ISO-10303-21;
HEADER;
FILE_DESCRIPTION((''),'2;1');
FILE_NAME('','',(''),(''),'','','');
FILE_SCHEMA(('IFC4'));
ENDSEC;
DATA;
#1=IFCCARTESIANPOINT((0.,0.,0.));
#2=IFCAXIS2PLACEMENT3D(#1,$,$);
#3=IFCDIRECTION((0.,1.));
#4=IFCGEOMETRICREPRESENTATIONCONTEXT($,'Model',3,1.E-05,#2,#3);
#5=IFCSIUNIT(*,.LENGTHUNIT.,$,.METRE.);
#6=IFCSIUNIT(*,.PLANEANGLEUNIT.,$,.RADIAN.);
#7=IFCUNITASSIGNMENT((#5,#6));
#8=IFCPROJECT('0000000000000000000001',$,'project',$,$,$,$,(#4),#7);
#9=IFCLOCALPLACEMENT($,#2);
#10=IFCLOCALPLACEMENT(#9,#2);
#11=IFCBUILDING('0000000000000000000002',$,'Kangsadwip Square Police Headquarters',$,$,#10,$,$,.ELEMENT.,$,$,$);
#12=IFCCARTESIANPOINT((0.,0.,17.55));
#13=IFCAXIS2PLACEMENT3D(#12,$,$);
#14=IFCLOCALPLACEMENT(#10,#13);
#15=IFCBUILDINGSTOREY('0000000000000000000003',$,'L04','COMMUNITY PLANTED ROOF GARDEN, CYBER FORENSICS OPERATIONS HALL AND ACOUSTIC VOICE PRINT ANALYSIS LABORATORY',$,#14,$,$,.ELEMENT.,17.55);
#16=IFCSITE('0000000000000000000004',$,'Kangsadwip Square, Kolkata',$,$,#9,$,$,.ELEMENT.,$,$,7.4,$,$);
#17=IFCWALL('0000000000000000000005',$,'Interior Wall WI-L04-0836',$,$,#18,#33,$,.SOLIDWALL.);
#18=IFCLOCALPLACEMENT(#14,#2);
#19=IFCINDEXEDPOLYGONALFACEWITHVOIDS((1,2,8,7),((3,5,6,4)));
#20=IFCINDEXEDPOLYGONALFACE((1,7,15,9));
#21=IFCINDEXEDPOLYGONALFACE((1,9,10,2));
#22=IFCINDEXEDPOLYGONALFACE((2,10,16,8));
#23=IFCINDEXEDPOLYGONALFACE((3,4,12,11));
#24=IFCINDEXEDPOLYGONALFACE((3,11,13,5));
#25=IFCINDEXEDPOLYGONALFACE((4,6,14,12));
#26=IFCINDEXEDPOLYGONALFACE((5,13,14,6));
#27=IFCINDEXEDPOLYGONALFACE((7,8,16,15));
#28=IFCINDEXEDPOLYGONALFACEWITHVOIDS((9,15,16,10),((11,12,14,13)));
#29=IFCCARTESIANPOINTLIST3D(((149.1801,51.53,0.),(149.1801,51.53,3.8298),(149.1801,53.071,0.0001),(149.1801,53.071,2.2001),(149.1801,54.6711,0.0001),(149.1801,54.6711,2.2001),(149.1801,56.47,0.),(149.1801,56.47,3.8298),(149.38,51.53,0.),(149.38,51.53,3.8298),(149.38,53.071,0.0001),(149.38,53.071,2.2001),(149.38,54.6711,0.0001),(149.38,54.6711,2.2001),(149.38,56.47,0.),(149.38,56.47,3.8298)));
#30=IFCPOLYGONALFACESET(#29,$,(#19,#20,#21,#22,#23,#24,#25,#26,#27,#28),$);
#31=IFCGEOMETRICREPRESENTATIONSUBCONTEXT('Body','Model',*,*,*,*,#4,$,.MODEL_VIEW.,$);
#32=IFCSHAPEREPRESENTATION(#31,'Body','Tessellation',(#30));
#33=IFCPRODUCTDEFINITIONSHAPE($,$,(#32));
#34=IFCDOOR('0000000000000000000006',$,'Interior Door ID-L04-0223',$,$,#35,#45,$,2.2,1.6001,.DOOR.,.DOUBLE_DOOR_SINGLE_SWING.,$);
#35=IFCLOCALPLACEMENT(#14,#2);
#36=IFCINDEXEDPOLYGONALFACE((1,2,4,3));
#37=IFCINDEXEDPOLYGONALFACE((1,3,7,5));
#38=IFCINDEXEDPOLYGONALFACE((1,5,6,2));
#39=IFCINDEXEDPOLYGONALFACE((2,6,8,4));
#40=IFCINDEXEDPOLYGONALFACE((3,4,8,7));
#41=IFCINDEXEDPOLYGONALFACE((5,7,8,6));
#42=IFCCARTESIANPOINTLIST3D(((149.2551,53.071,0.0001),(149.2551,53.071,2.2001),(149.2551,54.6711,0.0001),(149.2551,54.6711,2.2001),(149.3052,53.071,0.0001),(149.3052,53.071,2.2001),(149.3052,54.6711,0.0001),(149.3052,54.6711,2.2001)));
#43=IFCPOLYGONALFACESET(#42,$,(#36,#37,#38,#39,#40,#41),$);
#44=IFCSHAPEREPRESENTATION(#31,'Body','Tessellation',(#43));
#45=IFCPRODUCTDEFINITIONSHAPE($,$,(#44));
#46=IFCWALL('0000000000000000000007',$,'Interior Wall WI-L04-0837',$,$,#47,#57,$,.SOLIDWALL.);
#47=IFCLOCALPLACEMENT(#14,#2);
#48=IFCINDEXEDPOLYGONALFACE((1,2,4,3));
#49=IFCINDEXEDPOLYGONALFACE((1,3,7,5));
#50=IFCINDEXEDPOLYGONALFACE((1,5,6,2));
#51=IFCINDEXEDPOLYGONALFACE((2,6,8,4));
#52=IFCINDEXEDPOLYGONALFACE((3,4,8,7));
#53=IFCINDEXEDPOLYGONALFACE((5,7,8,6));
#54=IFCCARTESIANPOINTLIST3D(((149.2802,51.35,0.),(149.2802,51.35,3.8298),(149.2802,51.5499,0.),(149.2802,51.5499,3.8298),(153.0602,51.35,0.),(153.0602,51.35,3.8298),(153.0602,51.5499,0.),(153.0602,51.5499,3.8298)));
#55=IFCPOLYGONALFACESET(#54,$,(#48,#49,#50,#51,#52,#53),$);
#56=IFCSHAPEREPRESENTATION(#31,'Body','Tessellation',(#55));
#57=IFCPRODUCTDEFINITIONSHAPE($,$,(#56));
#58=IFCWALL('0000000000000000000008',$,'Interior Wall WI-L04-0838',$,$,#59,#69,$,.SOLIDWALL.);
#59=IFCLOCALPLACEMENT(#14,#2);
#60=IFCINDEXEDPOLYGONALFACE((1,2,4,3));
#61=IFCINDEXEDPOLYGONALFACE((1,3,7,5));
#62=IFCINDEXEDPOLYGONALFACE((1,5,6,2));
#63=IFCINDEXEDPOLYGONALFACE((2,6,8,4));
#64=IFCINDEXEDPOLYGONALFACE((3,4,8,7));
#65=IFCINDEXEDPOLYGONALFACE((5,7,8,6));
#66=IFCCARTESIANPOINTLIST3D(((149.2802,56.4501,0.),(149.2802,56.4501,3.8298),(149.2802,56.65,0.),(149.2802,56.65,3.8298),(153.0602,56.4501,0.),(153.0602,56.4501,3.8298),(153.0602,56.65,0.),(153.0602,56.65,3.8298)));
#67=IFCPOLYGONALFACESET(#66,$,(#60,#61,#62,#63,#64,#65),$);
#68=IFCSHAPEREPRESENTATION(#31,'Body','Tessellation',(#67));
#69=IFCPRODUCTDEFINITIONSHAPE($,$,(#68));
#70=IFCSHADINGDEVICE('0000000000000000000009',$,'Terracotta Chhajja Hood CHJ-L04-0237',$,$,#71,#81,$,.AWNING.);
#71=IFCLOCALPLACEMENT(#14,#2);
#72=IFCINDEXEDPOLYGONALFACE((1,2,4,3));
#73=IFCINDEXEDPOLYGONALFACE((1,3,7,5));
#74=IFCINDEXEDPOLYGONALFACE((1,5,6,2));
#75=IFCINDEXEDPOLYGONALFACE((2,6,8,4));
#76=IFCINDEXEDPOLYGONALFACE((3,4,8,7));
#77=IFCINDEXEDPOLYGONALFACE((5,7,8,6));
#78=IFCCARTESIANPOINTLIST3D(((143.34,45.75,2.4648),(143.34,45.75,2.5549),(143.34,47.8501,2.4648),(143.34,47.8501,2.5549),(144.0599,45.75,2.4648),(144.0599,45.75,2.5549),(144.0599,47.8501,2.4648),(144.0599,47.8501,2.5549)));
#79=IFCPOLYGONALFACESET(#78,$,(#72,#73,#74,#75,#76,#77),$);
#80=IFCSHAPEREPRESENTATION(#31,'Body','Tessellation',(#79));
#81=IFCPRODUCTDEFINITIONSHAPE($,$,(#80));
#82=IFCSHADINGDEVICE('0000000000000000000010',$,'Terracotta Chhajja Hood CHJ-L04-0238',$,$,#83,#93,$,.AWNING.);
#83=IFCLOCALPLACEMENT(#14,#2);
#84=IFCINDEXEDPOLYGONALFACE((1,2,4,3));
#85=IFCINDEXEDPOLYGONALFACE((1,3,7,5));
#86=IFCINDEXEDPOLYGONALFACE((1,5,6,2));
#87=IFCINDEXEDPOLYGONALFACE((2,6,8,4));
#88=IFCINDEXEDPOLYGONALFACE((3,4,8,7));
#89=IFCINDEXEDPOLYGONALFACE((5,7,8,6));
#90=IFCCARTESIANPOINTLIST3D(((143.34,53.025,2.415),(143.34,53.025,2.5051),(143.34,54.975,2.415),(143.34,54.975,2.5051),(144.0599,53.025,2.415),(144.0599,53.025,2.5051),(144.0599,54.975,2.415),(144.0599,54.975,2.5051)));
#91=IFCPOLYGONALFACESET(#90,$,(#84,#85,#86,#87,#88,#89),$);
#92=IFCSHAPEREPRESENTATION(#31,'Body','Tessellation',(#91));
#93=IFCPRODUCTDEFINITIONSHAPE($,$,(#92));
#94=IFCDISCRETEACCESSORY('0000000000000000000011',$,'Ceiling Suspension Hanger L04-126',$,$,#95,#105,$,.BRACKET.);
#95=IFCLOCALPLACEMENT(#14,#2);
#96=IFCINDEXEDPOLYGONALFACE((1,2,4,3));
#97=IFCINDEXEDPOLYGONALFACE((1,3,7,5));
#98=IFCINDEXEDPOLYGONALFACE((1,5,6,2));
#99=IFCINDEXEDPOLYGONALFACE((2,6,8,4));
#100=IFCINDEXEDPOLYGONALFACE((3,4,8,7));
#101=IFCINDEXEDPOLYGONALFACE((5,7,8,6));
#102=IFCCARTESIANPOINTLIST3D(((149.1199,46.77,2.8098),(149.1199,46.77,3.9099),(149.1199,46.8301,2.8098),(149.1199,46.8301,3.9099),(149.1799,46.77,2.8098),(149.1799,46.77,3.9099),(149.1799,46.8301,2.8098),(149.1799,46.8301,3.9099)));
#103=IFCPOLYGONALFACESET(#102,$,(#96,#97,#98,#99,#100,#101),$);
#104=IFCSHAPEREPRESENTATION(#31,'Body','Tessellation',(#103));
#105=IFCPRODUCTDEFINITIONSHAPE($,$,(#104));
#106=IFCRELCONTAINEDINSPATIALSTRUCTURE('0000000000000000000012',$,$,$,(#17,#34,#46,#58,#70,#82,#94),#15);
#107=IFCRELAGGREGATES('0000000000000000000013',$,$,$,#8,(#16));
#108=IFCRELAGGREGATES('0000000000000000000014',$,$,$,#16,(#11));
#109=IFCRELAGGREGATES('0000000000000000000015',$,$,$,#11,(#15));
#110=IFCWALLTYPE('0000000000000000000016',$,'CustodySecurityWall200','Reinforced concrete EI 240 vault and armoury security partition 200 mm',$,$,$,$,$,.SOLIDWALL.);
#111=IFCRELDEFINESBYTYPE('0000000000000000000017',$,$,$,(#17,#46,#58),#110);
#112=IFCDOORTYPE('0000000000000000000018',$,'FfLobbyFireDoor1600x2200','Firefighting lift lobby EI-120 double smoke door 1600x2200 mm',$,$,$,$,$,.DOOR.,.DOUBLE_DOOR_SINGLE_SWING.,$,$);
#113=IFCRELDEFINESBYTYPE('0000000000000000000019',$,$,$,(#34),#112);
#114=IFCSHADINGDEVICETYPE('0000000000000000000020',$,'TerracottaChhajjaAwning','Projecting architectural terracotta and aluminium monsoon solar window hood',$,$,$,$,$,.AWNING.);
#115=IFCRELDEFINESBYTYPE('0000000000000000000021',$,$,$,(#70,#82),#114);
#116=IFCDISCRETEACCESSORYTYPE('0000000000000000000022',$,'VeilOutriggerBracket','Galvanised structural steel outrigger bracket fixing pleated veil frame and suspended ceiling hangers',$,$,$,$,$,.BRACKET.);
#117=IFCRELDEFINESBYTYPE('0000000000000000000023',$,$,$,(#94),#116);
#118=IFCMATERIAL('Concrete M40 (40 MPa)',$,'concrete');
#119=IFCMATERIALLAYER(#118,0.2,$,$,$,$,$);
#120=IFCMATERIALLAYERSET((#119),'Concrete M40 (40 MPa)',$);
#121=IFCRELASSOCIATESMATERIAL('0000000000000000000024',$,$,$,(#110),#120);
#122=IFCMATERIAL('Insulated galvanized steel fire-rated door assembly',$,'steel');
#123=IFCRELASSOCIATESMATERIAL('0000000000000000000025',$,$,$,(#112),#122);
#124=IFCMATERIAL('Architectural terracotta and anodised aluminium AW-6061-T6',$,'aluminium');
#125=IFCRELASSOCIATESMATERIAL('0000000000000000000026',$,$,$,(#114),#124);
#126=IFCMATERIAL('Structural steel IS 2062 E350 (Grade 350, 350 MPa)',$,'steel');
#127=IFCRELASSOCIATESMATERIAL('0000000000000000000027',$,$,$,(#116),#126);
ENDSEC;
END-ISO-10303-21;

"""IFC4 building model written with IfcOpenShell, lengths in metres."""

from ifc_helpers import new_model, si_unit, direction, frame, frame_2d, origin, origin_2d, place, context, subcontext, project, spatial, rectangle, extrude, material, layer, layer_set, type_object, element, fill, save


model = new_model("IFC4")

# Units and contexts
model_context = context("Model", 3, precision=1e-05, world=origin(), true_north=direction((0.0, 1.0)))
body_context = subcontext(model_context, "Body", "Model", "MODEL_VIEW")
ifc_project = project(units=[si_unit("LENGTHUNIT", "METRE"), si_unit("PLANEANGLEUNIT", "RADIAN")], contexts=[model_context])

# Site, building, storey
site_placement = place(None, origin())
site = spatial("IfcSite", under=ifc_project, at=site_placement, Name="Kangsadwip Square, Kolkata", CompositionType="ELEMENT", RefElevation=7.4)
building_placement = place(site_placement, origin())
building = spatial("IfcBuilding", under=site, at=building_placement, Name="Kangsadwip Square Police Headquarters", CompositionType="ELEMENT")
storey_placement = place(building_placement, frame((0.0, 0.0, 17.55)))
storey = spatial("IfcBuildingStorey", under=building, at=storey_placement, Name="L04", Description="COMMUNITY PLANTED ROOF GARDEN, CYBER FORENSICS OPERATIONS HALL AND ACOUSTIC VOICE PRINT ANALYSIS LABORATORY", CompositionType="ELEMENT", Elevation=17.55)

# Wall, opening, door
ifc_material_1 = material(Name="Concrete M40 (40 MPa)", Category="concrete")
ifc_layer_1 = layer(ifc_material_1, 0.2)
ifc_layer_set_1 = layer_set([ifc_layer_1], Name="Concrete M40 (40 MPa)")
wall_type_1 = type_object("IfcWallType", Name="CustodySecurityWall200", Description="Reinforced concrete EI 240 vault and armoury security partition 200 mm", PredefinedType="SOLIDWALL", material=ifc_layer_set_1)
wall_1_placement = place(storey_placement, frame((149.28, 51.53, 0.0), z_axis=(0.0, 0.0, 1.0), x_axis=(0.0, 1.0, 0.0)))
wall_1 = element("IfcWall", 1, at=wall_1_placement, inside=storey, type_object=wall_type_1, Name="Interior Wall WI-L04-0836", PredefinedType="SOLIDWALL", context=body_context, shape_type="SweptSolid", body=[
    extrude(rectangle(XDim=4.9399, YDim=0.2, at=frame_2d((2.47, 0.0))), origin(), (0.0, 0.0, 1.0), 3.8298),
])
opening_1_placement = place(wall_1_placement, frame((1.541, 0.0, 0.0)))
opening_1 = element("IfcOpeningElement", 2, at=opening_1_placement, cuts=wall_1, PredefinedType="OPENING", context=body_context, shape_type="SweptSolid", body=[
    extrude(rectangle(XDim=1.6001, YDim=2.2, at=frame_2d((0.8, 1.1001))), frame((0.0, 0.1099, 0.0), z_axis=(0.0, -1.0, 0.0), x_axis=(1.0, 0.0, 0.0)), (0.0, 0.0, 1.0), 0.22),
])
ifc_material_2 = material(Name="Insulated galvanized steel fire-rated door assembly", Category="steel")
door_type = type_object("IfcDoorType", Name="FfLobbyFireDoor1600x2200", Description="Firefighting lift lobby EI-120 double smoke door 1600x2200 mm", OperationType="DOUBLE_DOOR_SINGLE_SWING", PredefinedType="DOOR", material=ifc_material_2)
door_placement = place(opening_1_placement, origin())
door = element("IfcDoor", 3, at=door_placement, inside=storey, type_object=door_type, Name="Interior Door ID-L04-0223", OperationType="DOUBLE_DOOR_SINGLE_SWING", OverallHeight=2.2, OverallWidth=1.6001, PredefinedType="DOOR", context=body_context, shape_type="SweptSolid", body=[
    extrude(rectangle(XDim=1.6001, YDim=2.2, at=frame_2d((0.8, 1.1001))), frame((0.0, 0.0249, 0.0), z_axis=(0.0, -1.0, 0.0), x_axis=(1.0, 0.0, 0.0)), (0.0, 0.0, 1.0), 0.05),
])
fill(opening_1, door)

# Walls
for number, where, z_axis, x_axis, name in (
    (4, (149.28, 51.45, 0.0), (0.0, 0.0, 1.0), (1.0, 0.0, 0.0), "Interior Wall WI-L04-0837"),
    (5, (149.28, 56.55, 0.0), (0.0, 0.0, 1.0), (1.0, 0.0, 0.0), "Interior Wall WI-L04-0838"),
):
    element("IfcWall", number, at=place(storey_placement, frame(where, z_axis=z_axis, x_axis=x_axis)), inside=storey, type_object=wall_type_1, Name=name, PredefinedType="SOLIDWALL", context=body_context, shape_type="SweptSolid", body=[
        extrude(rectangle(XDim=3.78, YDim=0.2, at=frame_2d((1.8901, 0.0))), origin(), (0.0, 0.0, 1.0), 3.8298),
    ])

# Shading devices
ifc_material_3 = material(Name="Architectural terracotta and anodised aluminium AW-6061-T6", Category="aluminium")
shading_device_type = type_object("IfcShadingDeviceType", Name="TerracottaChhajjaAwning", Description="Projecting architectural terracotta and aluminium monsoon solar window hood", PredefinedType="AWNING", material=ifc_material_3)
shading_device_1_placement = place(storey_placement, frame((143.7, 46.8, 2.4648), z_axis=(0.0, 0.0, 1.0), x_axis=(0.0, 1.0, 0.0)))
element("IfcShadingDevice", 6, at=shading_device_1_placement, inside=storey, type_object=shading_device_type, Name="Terracotta Chhajja Hood CHJ-L04-0237", PredefinedType="AWNING", context=body_context, shape_type="SweptSolid", body=[
    extrude(rectangle(XDim=2.1001, YDim=0.72, at=origin_2d()), origin(), (0.0, 0.0, 1.0), 0.0901),
])
shading_device_2_placement = place(storey_placement, frame((143.7, 54.0, 2.415), z_axis=(0.0, 0.0, 1.0), x_axis=(0.0, 1.0, 0.0)))
element("IfcShadingDevice", 7, at=shading_device_2_placement, inside=storey, type_object=shading_device_type, Name="Terracotta Chhajja Hood CHJ-L04-0238", PredefinedType="AWNING", context=body_context, shape_type="SweptSolid", body=[
    extrude(rectangle(XDim=1.95, YDim=0.72, at=origin_2d()), origin(), (0.0, 0.0, 1.0), 0.0901),
])

# Discrete accessory
ifc_material_4 = material(Name="Structural steel IS 2062 E350 (Grade 350, 350 MPa)", Category="steel")
discrete_accessory_type = type_object("IfcDiscreteAccessoryType", Name="VeilOutriggerBracket", Description="Galvanised structural steel outrigger bracket fixing pleated veil frame and suspended ceiling hangers", PredefinedType="BRACKET", material=ifc_material_4)
discrete_accessory_placement = place(storey_placement, frame((149.1499, 46.8, 2.8098), z_axis=(0.0, 0.0, 1.0), x_axis=(1.0, 0.0, 0.0)))
element("IfcDiscreteAccessory", 8, at=discrete_accessory_placement, inside=storey, type_object=discrete_accessory_type, Name="Ceiling Suspension Hanger L04-126", PredefinedType="BRACKET", context=body_context, shape_type="SweptSolid", body=[
    extrude(rectangle(XDim=0.0601, YDim=0.0601, at=origin_2d()), origin(), (0.0, 0.0, 1.0), 1.1001),
])

save(model, "model.ifc")
